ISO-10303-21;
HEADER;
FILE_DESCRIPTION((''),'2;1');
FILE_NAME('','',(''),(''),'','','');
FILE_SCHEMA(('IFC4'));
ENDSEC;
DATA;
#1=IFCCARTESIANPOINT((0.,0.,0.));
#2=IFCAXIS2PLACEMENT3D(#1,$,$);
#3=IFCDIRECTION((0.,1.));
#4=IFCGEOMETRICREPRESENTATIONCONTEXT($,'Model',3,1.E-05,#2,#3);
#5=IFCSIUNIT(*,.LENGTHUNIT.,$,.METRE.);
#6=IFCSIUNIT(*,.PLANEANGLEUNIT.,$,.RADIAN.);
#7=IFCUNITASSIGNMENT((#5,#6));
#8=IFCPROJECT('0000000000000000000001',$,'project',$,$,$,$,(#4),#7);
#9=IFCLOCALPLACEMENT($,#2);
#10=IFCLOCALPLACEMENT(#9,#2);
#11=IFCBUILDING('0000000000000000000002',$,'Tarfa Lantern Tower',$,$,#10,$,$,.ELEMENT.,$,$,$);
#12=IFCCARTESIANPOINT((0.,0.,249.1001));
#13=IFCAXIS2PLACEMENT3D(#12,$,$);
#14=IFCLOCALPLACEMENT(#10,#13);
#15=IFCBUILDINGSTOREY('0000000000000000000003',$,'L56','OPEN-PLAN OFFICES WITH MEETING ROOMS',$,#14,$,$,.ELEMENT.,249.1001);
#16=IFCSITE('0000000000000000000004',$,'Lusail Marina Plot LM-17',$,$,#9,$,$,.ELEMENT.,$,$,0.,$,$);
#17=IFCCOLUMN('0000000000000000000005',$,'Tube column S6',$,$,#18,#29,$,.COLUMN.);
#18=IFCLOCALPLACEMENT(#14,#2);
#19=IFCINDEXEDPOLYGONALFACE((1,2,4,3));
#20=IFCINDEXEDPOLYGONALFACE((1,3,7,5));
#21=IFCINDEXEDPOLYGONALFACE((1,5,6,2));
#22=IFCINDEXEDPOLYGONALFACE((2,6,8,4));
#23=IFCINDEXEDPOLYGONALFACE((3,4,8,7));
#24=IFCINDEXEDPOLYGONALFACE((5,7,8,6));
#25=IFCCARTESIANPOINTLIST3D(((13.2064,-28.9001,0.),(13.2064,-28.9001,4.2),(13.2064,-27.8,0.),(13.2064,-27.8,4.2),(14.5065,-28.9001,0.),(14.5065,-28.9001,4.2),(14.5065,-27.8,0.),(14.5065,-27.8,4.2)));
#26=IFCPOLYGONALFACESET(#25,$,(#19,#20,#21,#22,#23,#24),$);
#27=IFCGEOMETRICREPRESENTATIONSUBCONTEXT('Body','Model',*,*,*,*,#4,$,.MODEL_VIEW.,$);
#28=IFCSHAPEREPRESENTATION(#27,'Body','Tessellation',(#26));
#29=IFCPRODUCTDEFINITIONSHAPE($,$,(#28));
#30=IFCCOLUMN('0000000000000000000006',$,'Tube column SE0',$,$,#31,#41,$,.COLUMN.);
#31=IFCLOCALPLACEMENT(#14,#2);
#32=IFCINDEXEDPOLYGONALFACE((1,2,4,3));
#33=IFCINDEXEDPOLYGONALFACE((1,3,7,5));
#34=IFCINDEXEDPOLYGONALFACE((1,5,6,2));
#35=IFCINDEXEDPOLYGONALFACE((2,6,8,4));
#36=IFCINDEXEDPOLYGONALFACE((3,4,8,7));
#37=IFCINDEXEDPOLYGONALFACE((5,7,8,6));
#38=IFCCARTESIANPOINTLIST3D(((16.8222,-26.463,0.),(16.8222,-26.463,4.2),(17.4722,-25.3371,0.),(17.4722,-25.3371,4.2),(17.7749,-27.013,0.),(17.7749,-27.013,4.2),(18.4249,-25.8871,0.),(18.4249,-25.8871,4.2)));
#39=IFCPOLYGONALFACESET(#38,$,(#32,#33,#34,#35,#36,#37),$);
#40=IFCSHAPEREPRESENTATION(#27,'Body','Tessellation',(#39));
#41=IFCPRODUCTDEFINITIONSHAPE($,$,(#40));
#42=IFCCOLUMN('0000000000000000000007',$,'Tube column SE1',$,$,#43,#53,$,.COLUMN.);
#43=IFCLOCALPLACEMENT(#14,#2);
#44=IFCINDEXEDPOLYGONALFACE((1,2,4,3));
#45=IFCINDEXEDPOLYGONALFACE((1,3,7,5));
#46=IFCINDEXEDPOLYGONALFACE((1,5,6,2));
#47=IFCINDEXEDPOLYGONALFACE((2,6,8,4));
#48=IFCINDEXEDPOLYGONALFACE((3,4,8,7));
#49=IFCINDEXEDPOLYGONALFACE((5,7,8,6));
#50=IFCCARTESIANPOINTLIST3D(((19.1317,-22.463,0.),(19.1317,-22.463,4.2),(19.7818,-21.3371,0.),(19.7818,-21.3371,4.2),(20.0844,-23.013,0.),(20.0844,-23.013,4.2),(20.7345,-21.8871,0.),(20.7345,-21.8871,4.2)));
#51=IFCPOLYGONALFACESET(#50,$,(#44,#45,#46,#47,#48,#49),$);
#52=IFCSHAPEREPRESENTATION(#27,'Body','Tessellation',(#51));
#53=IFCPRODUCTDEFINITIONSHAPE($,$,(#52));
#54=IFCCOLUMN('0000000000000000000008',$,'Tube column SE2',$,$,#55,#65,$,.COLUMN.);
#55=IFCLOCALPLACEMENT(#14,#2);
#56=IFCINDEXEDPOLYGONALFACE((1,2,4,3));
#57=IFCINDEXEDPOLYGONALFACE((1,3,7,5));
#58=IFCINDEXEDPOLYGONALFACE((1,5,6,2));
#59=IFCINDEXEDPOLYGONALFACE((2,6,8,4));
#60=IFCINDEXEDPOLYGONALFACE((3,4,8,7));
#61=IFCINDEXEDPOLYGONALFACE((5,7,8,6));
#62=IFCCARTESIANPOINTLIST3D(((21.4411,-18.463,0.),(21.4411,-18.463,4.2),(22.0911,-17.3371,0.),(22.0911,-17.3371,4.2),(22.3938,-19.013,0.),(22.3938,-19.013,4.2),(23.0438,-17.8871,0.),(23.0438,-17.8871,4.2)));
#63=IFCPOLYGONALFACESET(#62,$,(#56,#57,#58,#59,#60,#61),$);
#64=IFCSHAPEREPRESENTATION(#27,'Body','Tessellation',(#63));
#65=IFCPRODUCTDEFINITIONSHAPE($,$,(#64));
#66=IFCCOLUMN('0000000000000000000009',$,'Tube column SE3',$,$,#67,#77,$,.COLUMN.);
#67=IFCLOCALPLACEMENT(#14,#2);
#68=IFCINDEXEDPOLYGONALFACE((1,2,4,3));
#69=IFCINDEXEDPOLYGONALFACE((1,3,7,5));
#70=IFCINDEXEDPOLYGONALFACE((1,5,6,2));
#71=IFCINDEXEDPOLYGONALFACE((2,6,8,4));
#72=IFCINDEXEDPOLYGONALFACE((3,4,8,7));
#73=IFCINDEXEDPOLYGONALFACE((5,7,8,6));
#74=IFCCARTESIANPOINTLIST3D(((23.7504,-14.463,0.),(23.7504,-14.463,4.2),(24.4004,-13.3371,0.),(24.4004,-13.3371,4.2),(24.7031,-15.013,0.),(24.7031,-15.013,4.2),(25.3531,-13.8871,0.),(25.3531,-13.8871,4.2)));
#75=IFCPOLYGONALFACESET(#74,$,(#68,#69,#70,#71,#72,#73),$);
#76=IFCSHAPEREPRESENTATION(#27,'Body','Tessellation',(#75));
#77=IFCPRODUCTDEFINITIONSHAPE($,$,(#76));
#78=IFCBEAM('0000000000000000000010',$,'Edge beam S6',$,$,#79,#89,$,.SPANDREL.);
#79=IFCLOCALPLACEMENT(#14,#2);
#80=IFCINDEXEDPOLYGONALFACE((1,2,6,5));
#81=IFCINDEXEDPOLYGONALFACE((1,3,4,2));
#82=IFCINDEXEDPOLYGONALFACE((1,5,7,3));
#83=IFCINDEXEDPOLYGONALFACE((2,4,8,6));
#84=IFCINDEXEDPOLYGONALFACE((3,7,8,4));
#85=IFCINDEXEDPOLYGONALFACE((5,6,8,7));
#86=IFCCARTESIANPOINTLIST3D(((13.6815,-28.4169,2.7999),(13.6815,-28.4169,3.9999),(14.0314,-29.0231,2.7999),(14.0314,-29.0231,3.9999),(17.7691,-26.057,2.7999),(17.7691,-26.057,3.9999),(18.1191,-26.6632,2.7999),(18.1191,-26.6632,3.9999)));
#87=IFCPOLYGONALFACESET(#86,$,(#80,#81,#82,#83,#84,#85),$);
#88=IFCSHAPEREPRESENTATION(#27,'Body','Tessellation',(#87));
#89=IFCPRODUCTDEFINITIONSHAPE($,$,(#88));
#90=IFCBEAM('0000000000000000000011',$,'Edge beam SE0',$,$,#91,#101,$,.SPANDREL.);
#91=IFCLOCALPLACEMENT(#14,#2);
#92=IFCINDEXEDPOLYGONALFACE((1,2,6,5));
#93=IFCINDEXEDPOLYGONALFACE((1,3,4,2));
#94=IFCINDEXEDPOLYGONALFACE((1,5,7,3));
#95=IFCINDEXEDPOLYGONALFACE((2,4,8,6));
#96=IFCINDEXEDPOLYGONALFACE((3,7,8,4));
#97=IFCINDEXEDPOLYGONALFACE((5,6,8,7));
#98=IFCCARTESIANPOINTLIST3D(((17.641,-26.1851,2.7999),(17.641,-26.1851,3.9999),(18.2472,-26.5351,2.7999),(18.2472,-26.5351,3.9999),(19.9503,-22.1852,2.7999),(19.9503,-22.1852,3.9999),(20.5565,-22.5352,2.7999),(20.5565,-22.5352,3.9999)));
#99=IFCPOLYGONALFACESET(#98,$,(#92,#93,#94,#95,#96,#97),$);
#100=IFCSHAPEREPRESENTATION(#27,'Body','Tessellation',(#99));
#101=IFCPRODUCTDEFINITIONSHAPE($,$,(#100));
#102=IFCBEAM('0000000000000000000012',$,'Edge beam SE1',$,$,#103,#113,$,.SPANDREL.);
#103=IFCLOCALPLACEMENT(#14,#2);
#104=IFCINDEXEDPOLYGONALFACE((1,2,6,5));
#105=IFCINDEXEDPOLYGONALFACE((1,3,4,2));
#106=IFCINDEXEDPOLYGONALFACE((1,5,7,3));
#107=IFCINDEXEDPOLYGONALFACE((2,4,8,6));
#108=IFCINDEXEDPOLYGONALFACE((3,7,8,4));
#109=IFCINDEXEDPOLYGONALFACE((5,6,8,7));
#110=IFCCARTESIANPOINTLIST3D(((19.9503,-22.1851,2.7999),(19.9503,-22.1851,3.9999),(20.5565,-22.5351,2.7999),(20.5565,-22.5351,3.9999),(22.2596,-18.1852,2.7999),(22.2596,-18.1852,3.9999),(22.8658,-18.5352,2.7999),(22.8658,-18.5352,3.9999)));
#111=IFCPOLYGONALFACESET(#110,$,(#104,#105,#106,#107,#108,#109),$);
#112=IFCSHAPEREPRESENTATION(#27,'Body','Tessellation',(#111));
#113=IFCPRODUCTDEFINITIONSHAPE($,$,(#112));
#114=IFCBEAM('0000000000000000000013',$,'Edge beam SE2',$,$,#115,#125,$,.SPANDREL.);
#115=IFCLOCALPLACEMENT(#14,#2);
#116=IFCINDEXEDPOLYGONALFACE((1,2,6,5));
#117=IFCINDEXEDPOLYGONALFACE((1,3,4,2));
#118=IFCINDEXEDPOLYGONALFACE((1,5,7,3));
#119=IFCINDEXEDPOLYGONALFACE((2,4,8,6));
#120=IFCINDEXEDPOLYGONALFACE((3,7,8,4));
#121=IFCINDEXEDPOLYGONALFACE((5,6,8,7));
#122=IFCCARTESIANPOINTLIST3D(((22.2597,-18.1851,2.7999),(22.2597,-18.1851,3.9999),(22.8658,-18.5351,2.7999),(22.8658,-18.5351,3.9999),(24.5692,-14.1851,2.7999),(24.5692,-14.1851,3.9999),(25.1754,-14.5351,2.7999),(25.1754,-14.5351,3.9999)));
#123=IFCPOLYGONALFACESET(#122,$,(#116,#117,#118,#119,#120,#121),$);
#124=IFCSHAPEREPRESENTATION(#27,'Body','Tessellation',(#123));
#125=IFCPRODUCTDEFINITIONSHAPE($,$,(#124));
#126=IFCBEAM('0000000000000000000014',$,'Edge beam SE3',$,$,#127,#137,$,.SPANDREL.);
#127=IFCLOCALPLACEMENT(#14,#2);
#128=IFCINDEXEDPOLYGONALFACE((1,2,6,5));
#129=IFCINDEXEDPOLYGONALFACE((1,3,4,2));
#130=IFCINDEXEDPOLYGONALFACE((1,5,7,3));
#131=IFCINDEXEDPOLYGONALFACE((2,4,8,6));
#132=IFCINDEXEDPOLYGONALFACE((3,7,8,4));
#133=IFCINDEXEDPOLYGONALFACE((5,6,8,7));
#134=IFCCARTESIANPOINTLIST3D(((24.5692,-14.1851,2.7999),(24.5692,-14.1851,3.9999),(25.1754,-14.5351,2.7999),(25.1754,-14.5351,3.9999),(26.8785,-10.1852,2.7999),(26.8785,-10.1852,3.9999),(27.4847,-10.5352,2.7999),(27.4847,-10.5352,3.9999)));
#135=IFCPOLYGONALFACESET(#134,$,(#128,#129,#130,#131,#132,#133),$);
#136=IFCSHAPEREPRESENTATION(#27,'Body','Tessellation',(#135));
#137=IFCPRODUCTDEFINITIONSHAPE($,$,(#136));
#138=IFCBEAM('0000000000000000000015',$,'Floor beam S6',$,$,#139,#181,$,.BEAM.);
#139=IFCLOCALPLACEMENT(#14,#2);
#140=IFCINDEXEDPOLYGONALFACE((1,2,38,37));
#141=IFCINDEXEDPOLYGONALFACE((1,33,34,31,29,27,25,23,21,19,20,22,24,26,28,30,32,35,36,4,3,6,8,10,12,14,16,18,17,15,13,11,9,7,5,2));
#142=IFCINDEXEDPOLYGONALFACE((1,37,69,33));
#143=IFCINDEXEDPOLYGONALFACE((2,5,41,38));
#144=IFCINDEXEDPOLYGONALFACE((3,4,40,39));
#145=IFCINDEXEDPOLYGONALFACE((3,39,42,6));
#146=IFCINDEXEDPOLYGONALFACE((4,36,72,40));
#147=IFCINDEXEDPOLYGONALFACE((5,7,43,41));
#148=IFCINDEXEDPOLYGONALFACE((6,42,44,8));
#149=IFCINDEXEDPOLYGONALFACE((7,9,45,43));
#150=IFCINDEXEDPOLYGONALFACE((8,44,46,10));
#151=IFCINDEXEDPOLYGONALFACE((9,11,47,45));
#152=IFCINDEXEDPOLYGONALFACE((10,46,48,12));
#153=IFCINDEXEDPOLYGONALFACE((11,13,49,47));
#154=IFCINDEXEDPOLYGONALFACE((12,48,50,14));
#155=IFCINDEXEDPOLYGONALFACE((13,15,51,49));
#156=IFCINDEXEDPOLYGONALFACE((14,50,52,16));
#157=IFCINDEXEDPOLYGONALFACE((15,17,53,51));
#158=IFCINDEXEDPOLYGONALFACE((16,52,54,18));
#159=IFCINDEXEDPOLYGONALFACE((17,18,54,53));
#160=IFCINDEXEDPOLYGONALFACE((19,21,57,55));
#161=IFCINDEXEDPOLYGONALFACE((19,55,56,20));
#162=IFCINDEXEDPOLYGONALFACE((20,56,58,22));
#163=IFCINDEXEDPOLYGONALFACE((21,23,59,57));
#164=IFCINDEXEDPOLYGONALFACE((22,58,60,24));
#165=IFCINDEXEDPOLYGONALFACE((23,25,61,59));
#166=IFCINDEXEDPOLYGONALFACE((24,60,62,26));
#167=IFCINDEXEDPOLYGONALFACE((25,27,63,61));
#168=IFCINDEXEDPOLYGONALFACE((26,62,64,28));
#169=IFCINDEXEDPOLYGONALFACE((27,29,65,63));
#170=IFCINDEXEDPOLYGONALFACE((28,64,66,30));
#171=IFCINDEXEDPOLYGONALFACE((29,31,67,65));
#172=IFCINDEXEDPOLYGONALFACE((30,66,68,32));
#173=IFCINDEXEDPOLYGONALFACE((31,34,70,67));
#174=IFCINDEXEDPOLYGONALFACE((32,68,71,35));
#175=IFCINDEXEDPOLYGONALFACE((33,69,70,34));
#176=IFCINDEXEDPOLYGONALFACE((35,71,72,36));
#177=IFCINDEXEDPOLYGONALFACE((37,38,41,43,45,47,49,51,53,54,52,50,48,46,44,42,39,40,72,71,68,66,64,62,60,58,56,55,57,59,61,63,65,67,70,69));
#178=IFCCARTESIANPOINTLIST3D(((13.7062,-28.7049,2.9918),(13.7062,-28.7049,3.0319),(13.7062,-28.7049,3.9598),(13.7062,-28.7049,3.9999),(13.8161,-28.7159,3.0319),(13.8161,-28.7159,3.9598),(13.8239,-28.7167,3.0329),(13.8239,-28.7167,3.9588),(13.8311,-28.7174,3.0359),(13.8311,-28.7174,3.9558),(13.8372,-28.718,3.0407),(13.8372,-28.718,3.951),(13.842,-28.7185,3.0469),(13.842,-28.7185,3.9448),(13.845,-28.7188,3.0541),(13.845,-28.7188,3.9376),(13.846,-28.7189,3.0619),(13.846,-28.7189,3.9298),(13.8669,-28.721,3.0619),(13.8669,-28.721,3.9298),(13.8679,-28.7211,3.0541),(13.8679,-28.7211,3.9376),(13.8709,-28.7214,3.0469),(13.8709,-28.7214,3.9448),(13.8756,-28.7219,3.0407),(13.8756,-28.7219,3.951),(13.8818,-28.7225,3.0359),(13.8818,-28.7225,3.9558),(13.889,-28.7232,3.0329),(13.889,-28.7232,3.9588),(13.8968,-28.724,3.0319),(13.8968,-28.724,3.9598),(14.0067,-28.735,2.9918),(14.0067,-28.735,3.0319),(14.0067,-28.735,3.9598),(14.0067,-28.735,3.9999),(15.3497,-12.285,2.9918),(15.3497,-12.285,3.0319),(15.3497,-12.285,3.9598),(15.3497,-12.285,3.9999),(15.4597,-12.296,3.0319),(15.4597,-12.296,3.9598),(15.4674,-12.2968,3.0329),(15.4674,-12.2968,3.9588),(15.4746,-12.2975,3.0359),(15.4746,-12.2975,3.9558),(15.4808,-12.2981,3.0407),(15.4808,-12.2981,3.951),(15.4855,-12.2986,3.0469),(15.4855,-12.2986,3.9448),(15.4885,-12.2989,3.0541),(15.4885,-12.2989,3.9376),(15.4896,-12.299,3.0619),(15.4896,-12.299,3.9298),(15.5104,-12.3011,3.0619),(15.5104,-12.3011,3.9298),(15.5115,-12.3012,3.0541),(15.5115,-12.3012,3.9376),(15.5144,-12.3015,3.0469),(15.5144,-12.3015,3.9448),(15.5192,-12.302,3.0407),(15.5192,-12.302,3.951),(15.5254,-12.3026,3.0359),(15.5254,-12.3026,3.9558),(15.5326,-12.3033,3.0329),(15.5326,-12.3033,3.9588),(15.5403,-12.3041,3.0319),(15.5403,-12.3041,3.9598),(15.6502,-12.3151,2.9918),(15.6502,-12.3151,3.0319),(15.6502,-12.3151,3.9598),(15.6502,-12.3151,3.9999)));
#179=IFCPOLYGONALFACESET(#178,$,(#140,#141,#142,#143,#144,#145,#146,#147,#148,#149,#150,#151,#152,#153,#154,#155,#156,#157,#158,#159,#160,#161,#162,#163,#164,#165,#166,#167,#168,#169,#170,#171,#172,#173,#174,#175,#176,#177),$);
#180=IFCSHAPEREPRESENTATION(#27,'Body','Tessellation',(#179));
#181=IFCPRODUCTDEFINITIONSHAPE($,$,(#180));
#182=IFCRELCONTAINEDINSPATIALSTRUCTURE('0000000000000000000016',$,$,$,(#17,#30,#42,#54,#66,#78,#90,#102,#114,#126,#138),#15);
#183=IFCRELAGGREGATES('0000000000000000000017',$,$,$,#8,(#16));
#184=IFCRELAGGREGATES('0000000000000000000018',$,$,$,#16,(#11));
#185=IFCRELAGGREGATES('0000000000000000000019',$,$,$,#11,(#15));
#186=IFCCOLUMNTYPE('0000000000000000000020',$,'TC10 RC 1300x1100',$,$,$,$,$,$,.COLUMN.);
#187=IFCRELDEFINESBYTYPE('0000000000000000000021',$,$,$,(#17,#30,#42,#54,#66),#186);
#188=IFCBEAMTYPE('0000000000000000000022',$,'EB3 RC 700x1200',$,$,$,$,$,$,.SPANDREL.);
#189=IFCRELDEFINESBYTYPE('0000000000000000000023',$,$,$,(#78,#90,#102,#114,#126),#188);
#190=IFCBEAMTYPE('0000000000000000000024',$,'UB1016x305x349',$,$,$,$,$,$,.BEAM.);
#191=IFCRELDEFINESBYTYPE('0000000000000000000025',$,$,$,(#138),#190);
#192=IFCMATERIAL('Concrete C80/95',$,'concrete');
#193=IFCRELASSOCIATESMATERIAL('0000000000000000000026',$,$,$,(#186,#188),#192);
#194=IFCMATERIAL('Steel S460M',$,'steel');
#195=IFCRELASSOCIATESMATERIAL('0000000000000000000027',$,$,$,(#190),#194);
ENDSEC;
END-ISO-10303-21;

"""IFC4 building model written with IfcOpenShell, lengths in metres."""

from ifc_helpers import new_model, si_unit, direction, frame, origin, origin_2d, place, context, subcontext, project, spatial, rectangle, i_section, extrude, material, material_profile, profile_set, type_object, element, save


model = new_model("IFC4")

# Units and contexts
model_context = context("Model", 3, precision=1e-05, world=origin(), true_north=direction((0.0, 1.0)))
body_context = subcontext(model_context, "Body", "Model", "MODEL_VIEW")
ifc_project = project(units=[si_unit("LENGTHUNIT", "METRE"), si_unit("PLANEANGLEUNIT", "RADIAN")], contexts=[model_context])

# Site, building, storey
site_placement = place(None, origin())
site = spatial("IfcSite", under=ifc_project, at=site_placement, Name="Lusail Marina Plot LM-17", CompositionType="ELEMENT", RefElevation=0.0)
building_placement = place(site_placement, origin())
building = spatial("IfcBuilding", under=site, at=building_placement, Name="Tarfa Lantern Tower", CompositionType="ELEMENT")
storey_placement = place(building_placement, frame((0.0, 0.0, 249.1001)))
storey = spatial("IfcBuildingStorey", under=building, at=storey_placement, Name="L56", Description="OPEN-PLAN OFFICES WITH MEETING ROOMS", CompositionType="ELEMENT", Elevation=249.1001)

# Columns
ifc_material_1 = material(Name="Concrete C80/95", Category="concrete")
ifc_material_profile_1 = material_profile(ifc_material_1, rectangle(XDim=1.3, YDim=1.1001, at=origin_2d()), Name="RC 1300x1100")
ifc_profile_set_1 = profile_set([ifc_material_profile_1], Name="Concrete C80/95")
column_type = type_object("IfcColumnType", Name="TC10 RC 1300x1100", PredefinedType="COLUMN", material=ifc_profile_set_1)
for number, where, z_axis, x_axis, name in (
    (1, (13.8564, -28.3501, 0.0), (0.0, 0.0, 1.0), (1.0, 0.0, 0.0), "Tube column S6"),
    (2, (17.6235, -26.175, 0.0), (0.0, 0.0, 1.0), (0.5, 0.866025, 0.0), "Tube column SE0"),
    (3, (19.9331, -22.175, 0.0), (0.0, 0.0, 1.0), (0.5, 0.866025, 0.0), "Tube column SE1"),
    (4, (22.2424, -18.175, 0.0), (0.0, 0.0, 1.0), (0.5, 0.866025, 0.0), "Tube column SE2"),
    (5, (24.5518, -14.175, 0.0), (0.0, 0.0, 1.0), (0.5, 0.866025, 0.0), "Tube column SE3"),
):
    element("IfcColumn", number, at=place(storey_placement, frame(where, z_axis=z_axis, x_axis=x_axis)), inside=storey, type_object=column_type, Name=name, PredefinedType="COLUMN", context=body_context, shape_type="SweptSolid", body=[
        extrude(rectangle(XDim=1.3, YDim=1.1001, at=origin_2d()), origin(), (0.0, 0.0, 1.0), 4.2),
    ])

# Beams
ifc_material_profile_2 = material_profile(ifc_material_1, rectangle(XDim=0.7, YDim=1.2, at=origin_2d()), Name="RC 700x1200")
ifc_profile_set_2 = profile_set([ifc_material_profile_2], Name="Concrete C80/95")
beam_type_1 = type_object("IfcBeamType", Name="EB3 RC 700x1200", PredefinedType="SPANDREL", material=ifc_profile_set_2)
beam_1_placement = place(storey_placement, frame((13.8564, -28.72, 3.3999), z_axis=(0.866038, 0.499978, 0.0), x_axis=(-0.499978, 0.866038, 0.0)))
element("IfcBeam", 6, at=beam_1_placement, inside=storey, type_object=beam_type_1, Name="Edge beam S6", PredefinedType="SPANDREL", context=body_context, shape_type="SweptSolid", body=[
    extrude(rectangle(XDim=0.7, YDim=1.2, at=origin_2d()), origin(), (0.0, 0.0, 1.0), 4.72),
])
for number, where, z_axis, x_axis, name in (
    (7, (17.9441, -26.3601, 3.3999), (0.499988, 0.866032, 0.0), (-0.866032, 0.499988, 0.0), "Edge beam SE0"),
    (8, (20.2534, -22.3601, 3.3999), (0.499988, 0.866032, 0.0), (-0.866032, 0.499988, 0.0), "Edge beam SE1"),
):
    element("IfcBeam", number, at=place(storey_placement, frame(where, z_axis=z_axis, x_axis=x_axis)), inside=storey, type_object=beam_type_1, Name=name, PredefinedType="SPANDREL", context=body_context, shape_type="SweptSolid", body=[
        extrude(rectangle(XDim=0.7, YDim=1.2, at=origin_2d()), origin(), (0.0, 0.0, 1.0), 4.6187),
    ])
beam_2_placement = place(storey_placement, frame((22.5627, -18.3601, 3.3999), z_axis=(0.500027, 0.86601, 0.0), x_axis=(-0.86601, 0.500027, 0.0)))
element("IfcBeam", 9, at=beam_2_placement, inside=storey, type_object=beam_type_1, Name="Edge beam SE2", PredefinedType="SPANDREL", context=body_context, shape_type="SweptSolid", body=[
    extrude(rectangle(XDim=0.7, YDim=1.2, at=origin_2d()), origin(), (0.0, 0.0, 1.0), 4.6189),
])
beam_3_placement = place(storey_placement, frame((24.8723, -14.3601, 3.3999), z_axis=(0.499988, 0.866032, 0.0), x_axis=(-0.866032, 0.499988, 0.0)))
element("IfcBeam", 10, at=beam_3_placement, inside=storey, type_object=beam_type_1, Name="Edge beam SE3", PredefinedType="SPANDREL", context=body_context, shape_type="SweptSolid", body=[
    extrude(rectangle(XDim=0.7, YDim=1.2, at=origin_2d()), origin(), (0.0, 0.0, 1.0), 4.6187),
])
ifc_material_2 = material(Name="Steel S460M", Category="steel")
ifc_material_profile_3 = material_profile(ifc_material_2, i_section(OverallWidth=0.302, OverallDepth=1.0081, WebThickness=0.021, FlangeThickness=0.04, FilletRadius=0.03, at=origin_2d()), Name="UB1016x305x349")
ifc_profile_set_3 = profile_set([ifc_material_profile_3], Name="Steel S460M")
beam_type_2 = type_object("IfcBeamType", Name="UB1016x305x349", PredefinedType="BEAM", material=ifc_profile_set_3)
beam_4_placement = place(storey_placement, frame((13.8564, -28.72, 3.4958), z_axis=(0.099597, 0.995028, 0.0), x_axis=(-0.995028, 0.099597, 0.0)))
element("IfcBeam", 11, at=beam_4_placement, inside=storey, type_object=beam_type_2, Name="Floor beam S6", PredefinedType="BEAM", context=body_context, shape_type="SweptSolid", body=[
    extrude(i_section(OverallWidth=0.302, OverallDepth=1.0081, WebThickness=0.021, FlangeThickness=0.04, FilletRadius=0.03, at=origin_2d()), origin(), (0.0, 0.0, 1.0), 16.502),
])

save(model, "model.ifc")
